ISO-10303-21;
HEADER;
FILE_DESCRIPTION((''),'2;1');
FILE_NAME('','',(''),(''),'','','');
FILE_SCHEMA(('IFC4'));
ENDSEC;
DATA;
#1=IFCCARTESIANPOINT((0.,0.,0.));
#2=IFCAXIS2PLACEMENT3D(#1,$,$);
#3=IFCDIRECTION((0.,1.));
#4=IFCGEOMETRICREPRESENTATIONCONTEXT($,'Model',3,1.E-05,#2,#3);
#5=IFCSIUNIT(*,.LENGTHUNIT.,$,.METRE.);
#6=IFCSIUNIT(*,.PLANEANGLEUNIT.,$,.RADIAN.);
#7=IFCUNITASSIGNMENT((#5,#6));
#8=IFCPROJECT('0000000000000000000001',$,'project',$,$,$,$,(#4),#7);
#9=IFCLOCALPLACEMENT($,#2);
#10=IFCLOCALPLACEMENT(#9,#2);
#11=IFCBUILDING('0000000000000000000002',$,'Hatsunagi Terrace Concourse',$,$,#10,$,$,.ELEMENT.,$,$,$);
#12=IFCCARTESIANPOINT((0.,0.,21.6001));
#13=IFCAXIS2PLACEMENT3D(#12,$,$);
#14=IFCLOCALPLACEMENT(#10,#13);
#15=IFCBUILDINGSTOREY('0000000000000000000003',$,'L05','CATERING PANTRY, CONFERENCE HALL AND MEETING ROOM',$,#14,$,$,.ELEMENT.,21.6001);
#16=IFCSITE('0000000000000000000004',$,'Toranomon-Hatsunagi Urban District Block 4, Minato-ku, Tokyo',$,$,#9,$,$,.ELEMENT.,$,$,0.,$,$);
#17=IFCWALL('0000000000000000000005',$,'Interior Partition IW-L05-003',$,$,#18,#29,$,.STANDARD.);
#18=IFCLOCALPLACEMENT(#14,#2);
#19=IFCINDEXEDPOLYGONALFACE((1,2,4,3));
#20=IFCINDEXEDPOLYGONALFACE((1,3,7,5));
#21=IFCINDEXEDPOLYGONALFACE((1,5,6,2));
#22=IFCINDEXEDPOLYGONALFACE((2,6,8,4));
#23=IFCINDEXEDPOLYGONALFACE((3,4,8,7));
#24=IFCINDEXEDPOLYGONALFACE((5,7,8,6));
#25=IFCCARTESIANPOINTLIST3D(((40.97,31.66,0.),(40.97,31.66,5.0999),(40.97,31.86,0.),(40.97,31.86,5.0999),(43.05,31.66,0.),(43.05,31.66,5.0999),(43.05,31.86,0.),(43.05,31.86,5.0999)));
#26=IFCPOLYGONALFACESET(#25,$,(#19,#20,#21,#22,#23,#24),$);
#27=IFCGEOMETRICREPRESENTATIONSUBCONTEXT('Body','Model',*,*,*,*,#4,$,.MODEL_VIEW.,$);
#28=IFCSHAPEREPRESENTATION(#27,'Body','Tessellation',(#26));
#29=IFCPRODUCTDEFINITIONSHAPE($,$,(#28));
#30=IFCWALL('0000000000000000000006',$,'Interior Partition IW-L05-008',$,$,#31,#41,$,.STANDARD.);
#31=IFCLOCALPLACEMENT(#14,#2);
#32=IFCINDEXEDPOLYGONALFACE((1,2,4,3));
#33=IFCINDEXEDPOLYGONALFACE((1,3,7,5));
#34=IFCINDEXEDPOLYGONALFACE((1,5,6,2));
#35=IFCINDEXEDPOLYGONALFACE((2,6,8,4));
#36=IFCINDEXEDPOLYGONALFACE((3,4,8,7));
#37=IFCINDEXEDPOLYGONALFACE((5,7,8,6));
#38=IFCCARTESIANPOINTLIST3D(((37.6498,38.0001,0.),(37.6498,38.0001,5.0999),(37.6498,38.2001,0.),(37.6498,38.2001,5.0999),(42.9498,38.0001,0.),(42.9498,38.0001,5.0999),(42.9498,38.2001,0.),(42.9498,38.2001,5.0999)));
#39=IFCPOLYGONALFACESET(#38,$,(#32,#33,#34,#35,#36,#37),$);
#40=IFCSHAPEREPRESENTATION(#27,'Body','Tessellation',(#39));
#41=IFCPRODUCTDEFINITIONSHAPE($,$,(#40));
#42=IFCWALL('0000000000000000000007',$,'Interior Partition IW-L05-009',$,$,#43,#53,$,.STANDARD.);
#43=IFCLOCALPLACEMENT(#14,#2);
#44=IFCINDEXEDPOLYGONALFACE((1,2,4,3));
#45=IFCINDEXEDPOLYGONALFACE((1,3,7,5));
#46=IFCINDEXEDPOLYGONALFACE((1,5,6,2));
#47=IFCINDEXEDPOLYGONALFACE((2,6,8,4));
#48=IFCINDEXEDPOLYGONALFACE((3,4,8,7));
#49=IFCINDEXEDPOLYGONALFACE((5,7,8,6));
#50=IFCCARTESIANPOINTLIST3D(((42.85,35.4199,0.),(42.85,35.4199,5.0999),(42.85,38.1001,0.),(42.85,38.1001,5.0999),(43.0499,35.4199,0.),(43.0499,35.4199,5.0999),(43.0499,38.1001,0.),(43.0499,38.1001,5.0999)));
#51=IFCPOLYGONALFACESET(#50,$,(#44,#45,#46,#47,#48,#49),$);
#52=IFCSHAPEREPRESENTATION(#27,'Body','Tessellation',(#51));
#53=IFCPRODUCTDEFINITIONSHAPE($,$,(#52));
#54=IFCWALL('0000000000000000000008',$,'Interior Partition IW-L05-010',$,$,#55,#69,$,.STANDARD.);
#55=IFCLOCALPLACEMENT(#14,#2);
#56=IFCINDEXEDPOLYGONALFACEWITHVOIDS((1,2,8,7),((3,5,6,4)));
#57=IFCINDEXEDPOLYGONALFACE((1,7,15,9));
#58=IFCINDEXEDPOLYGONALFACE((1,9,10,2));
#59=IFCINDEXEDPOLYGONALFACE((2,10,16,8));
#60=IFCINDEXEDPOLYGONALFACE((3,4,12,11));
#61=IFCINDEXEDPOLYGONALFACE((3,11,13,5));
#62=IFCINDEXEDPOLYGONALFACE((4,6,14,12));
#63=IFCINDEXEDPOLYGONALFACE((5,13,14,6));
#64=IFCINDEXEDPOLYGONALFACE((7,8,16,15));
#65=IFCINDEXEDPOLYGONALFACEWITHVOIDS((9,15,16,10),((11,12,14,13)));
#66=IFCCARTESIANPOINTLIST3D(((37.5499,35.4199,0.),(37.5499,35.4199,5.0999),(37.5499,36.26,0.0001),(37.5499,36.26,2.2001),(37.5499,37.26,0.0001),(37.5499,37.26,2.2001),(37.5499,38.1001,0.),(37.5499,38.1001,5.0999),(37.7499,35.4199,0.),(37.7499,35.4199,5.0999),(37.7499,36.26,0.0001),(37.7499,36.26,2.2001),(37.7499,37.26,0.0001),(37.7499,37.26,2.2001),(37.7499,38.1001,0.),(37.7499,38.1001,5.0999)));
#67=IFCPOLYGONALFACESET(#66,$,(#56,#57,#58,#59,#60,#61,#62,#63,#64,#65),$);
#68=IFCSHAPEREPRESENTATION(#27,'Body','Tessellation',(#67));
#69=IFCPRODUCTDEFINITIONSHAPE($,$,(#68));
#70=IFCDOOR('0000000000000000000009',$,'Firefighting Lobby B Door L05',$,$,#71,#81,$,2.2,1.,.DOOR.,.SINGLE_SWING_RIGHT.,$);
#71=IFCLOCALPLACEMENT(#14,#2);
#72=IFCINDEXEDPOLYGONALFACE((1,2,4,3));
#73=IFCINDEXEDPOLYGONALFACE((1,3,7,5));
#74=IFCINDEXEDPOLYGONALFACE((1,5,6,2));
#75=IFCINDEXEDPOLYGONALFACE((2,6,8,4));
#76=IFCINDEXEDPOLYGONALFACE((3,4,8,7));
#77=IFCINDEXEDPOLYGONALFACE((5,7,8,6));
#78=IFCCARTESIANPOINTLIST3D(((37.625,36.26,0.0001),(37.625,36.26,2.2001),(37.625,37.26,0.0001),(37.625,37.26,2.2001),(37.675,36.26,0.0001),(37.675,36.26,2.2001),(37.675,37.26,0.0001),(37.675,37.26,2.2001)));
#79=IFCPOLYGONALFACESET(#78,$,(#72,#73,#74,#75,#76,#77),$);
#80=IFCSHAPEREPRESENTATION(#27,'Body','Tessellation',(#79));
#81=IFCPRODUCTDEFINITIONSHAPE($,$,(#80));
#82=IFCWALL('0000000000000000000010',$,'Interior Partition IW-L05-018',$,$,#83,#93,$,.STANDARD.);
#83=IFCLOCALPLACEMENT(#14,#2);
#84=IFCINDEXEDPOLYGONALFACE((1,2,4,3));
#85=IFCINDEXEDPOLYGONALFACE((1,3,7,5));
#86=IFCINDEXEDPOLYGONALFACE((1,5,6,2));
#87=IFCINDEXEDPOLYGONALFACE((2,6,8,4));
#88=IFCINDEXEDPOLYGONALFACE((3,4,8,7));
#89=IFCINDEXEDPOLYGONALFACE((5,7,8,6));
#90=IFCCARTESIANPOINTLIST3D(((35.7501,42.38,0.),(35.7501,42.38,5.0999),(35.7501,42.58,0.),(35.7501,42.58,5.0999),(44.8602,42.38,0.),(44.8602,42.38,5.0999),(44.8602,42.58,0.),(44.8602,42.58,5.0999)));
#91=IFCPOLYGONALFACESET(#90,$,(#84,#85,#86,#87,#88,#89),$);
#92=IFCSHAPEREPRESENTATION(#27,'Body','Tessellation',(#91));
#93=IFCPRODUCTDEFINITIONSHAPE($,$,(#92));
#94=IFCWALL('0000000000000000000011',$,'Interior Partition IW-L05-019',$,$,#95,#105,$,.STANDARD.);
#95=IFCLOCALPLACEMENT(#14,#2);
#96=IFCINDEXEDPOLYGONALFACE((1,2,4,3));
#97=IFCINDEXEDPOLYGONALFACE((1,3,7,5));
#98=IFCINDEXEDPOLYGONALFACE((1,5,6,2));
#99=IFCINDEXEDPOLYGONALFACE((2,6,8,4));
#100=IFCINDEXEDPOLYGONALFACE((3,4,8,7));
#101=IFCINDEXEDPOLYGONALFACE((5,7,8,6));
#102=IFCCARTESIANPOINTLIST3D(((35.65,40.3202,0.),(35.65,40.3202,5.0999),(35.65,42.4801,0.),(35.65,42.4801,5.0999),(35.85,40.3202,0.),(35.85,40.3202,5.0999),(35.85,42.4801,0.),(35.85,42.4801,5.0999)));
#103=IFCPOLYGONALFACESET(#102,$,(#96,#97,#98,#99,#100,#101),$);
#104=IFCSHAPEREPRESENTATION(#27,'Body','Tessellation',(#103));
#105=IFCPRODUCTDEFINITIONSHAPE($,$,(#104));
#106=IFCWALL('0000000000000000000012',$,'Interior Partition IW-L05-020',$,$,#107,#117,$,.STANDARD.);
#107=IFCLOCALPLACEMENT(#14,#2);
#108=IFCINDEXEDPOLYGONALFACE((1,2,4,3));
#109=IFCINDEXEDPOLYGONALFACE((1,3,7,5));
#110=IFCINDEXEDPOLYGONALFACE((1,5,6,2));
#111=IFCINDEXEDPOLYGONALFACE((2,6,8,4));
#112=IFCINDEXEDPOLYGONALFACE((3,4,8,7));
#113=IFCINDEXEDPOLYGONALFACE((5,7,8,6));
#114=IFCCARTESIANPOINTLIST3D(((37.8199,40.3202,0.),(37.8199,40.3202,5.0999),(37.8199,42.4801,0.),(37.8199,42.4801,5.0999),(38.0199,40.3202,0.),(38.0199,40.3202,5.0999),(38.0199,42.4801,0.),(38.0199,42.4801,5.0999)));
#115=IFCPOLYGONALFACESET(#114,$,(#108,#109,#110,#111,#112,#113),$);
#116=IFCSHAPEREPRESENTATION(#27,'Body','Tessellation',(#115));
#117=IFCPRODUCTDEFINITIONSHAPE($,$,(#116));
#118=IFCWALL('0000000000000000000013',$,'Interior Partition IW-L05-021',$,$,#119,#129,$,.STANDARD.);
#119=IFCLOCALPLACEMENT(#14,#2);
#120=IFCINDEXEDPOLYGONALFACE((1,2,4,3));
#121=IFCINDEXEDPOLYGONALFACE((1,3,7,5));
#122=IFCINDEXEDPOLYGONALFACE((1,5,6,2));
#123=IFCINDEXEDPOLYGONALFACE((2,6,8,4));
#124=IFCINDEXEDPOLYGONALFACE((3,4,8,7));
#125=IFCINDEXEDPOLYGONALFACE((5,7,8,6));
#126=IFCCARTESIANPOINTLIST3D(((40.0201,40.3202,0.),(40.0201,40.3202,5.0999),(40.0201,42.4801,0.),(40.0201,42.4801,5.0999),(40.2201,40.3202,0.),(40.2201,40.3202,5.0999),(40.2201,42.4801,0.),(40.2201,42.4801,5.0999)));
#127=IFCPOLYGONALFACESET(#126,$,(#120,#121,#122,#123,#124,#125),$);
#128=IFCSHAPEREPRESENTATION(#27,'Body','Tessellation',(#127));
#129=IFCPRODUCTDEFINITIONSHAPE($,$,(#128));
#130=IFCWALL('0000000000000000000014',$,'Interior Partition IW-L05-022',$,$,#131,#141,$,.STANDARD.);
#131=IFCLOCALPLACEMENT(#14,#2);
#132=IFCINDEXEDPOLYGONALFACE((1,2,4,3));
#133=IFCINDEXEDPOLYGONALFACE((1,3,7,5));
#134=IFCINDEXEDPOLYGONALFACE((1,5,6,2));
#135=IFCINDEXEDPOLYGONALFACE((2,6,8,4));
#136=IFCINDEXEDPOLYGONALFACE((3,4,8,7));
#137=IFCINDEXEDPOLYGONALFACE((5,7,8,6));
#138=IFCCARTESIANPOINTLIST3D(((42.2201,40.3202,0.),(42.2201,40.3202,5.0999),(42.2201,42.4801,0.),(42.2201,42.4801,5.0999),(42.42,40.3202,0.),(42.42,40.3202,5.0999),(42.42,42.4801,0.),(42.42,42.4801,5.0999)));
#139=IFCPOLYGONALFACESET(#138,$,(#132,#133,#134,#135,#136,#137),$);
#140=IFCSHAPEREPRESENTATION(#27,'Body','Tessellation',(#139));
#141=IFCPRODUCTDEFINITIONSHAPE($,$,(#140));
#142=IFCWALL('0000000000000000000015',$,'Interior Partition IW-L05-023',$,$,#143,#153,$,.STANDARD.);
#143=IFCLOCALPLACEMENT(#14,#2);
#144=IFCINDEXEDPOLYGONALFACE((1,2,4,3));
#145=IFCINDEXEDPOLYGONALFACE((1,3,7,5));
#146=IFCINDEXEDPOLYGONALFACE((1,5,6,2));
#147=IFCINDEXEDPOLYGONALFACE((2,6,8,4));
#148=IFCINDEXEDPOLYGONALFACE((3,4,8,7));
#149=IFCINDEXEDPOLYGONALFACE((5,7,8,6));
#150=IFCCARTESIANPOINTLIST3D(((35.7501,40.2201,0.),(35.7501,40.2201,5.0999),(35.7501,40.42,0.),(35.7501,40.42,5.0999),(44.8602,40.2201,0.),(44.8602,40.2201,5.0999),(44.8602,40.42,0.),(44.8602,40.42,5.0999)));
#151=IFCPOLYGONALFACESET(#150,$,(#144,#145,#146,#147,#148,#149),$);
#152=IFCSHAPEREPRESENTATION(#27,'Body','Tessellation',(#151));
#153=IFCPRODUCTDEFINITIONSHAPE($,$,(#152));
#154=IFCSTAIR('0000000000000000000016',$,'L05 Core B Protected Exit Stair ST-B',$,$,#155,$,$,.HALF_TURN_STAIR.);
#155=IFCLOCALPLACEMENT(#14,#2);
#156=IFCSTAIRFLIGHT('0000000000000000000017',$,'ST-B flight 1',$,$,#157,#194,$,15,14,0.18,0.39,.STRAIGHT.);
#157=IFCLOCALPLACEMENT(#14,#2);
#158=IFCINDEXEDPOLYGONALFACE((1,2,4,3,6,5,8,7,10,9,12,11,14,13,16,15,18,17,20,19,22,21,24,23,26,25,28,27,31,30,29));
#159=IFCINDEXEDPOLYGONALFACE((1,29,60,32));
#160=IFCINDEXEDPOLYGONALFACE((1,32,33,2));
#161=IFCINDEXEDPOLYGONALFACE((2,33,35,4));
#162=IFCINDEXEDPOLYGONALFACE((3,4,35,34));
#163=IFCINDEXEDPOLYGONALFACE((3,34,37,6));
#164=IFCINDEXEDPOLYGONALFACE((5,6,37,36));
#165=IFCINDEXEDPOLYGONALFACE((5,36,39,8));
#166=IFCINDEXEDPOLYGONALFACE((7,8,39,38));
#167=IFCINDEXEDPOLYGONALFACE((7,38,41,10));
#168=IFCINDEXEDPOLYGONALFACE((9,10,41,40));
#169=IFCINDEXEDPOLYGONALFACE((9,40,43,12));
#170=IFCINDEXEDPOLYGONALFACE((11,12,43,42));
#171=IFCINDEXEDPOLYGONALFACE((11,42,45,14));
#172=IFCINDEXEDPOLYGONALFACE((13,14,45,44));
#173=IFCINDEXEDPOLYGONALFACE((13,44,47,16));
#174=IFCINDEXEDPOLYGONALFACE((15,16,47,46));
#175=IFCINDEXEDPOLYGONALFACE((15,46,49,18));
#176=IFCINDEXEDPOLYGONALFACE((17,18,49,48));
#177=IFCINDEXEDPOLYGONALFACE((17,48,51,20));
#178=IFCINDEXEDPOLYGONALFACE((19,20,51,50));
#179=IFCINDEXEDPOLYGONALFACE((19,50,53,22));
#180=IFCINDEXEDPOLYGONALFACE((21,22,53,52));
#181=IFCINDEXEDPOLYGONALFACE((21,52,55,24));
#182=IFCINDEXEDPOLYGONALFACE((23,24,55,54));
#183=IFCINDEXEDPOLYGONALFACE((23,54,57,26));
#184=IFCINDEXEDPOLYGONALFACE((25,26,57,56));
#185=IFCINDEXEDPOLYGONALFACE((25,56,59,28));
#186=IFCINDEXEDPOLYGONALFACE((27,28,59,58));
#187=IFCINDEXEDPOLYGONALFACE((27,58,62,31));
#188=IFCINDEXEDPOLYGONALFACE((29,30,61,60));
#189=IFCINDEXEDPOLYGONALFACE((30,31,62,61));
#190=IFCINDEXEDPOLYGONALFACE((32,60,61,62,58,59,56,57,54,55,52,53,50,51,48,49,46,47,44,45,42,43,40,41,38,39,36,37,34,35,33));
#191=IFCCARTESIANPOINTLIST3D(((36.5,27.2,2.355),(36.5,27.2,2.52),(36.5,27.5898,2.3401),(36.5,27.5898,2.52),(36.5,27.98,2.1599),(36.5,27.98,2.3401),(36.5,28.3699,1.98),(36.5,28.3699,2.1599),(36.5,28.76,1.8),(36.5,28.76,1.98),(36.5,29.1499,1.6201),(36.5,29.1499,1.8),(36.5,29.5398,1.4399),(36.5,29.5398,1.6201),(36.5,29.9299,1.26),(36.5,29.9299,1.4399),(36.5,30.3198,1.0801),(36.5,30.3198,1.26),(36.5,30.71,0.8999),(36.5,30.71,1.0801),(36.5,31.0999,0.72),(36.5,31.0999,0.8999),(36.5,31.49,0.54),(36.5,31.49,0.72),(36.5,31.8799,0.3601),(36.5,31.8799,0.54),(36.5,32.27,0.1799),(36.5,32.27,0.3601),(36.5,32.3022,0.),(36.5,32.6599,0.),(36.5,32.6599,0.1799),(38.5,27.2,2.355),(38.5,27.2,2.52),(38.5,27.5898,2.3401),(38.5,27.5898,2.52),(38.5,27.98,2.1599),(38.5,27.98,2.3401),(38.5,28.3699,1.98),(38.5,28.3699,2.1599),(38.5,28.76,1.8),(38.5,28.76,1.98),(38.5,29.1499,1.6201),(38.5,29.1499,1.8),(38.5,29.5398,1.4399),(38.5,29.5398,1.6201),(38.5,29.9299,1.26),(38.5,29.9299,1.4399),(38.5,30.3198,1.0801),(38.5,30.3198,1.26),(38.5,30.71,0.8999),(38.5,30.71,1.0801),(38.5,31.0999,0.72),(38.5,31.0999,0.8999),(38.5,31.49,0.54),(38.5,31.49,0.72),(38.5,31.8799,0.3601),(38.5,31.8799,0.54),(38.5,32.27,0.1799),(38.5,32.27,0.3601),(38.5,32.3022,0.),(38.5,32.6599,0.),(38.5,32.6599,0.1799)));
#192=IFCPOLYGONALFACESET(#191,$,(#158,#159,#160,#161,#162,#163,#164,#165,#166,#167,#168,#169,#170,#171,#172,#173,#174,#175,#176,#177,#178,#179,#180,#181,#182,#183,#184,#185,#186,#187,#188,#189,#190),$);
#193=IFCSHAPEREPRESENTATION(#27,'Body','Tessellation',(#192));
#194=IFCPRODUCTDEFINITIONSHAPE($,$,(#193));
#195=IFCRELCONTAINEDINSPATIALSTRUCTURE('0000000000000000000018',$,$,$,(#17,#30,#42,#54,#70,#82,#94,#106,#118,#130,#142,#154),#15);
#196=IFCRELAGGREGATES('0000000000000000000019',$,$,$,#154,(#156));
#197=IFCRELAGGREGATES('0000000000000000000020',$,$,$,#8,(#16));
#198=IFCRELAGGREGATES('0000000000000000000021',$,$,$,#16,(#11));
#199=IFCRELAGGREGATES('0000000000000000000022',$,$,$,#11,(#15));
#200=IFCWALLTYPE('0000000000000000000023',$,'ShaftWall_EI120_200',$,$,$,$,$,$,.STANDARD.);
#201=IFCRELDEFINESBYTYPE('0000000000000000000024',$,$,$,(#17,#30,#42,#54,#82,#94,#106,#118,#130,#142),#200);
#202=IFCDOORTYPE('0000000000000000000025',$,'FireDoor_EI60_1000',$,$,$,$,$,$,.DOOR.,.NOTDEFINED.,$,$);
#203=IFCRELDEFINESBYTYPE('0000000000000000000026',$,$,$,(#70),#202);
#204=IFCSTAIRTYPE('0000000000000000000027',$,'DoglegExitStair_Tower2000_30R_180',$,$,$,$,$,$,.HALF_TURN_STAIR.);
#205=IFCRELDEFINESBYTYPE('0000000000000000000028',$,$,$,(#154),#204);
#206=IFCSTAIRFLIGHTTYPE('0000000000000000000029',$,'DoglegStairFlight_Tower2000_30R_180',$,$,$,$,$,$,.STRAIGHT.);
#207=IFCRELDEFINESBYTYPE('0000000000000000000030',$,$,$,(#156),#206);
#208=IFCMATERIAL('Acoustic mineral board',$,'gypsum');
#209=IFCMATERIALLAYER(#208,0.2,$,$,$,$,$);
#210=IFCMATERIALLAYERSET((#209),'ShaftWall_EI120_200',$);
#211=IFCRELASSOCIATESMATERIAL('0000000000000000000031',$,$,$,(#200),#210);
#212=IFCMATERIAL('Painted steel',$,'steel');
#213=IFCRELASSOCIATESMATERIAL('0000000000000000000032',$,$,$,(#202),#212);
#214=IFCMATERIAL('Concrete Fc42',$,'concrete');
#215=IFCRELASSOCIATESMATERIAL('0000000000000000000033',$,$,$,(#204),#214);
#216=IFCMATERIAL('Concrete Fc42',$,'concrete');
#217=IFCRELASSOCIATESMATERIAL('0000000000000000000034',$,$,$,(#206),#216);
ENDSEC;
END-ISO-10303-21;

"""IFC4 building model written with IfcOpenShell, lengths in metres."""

from ifc_helpers import new_model, si_unit, direction, frame, frame_2d, origin, place, context, subcontext, project, spatial, polyline, rectangle, outline, extrude, material, layer, layer_set, type_object, element, fill, aggregate, save


model = new_model("IFC4")

# Units and contexts
model_context = context("Model", 3, precision=1e-05, world=origin(), true_north=direction((0.0, 1.0)))
body_context = subcontext(model_context, "Body", "Model", "MODEL_VIEW")
ifc_project = project(units=[si_unit("LENGTHUNIT", "METRE"), si_unit("PLANEANGLEUNIT", "RADIAN")], contexts=[model_context])

# Site, building, storey
site_placement = place(None, origin())
site = spatial("IfcSite", under=ifc_project, at=site_placement, Name="Toranomon-Hatsunagi Urban District Block 4, Minato-ku, Tokyo", CompositionType="ELEMENT", RefElevation=0.0)
building_placement = place(site_placement, origin())
building = spatial("IfcBuilding", under=site, at=building_placement, Name="Hatsunagi Terrace Concourse", CompositionType="ELEMENT")
storey_placement = place(building_placement, frame((0.0, 0.0, 21.6001)))
storey = spatial("IfcBuildingStorey", under=building, at=storey_placement, Name="L05", Description="CATERING PANTRY, CONFERENCE HALL AND MEETING ROOM", CompositionType="ELEMENT", Elevation=21.6001)

# Walls
ifc_material_1 = material(Name="Acoustic mineral board", Category="gypsum")
ifc_layer_1 = layer(ifc_material_1, 0.2)
ifc_layer_set_1 = layer_set([ifc_layer_1], Name="ShaftWall_EI120_200")
wall_type_1 = type_object("IfcWallType", Name="ShaftWall_EI120_200", PredefinedType="STANDARD", material=ifc_layer_set_1)
wall_1_placement = place(storey_placement, frame((40.97, 31.76, 0.0), z_axis=(0.0, 0.0, 1.0), x_axis=(1.0, 0.0, 0.0)))
element("IfcWall", 1, at=wall_1_placement, inside=storey, type_object=wall_type_1, Name="Interior Partition IW-L05-003", PredefinedType="STANDARD", context=body_context, shape_type="SweptSolid", body=[
    extrude(rectangle(XDim=2.0801, YDim=0.2, at=frame_2d((1.04, 0.0))), origin(), (0.0, 0.0, 1.0), 5.0999),
])
wall_2_placement = place(storey_placement, frame((37.6499, 38.1001, 0.0), z_axis=(0.0, 0.0, 1.0), x_axis=(1.0, 0.0, 0.0)))
element("IfcWall", 2, at=wall_2_placement, inside=storey, type_object=wall_type_1, Name="Interior Partition IW-L05-008", PredefinedType="STANDARD", context=body_context, shape_type="SweptSolid", body=[
    extrude(rectangle(XDim=5.3, YDim=0.2, at=frame_2d((2.6499, 0.0))), origin(), (0.0, 0.0, 1.0), 5.0999),
])
wall_3_placement = place(storey_placement, frame((42.95, 35.4199, 0.0), z_axis=(0.0, 0.0, 1.0), x_axis=(0.0, 1.0, 0.0)))
element("IfcWall", 3, at=wall_3_placement, inside=storey, type_object=wall_type_1, Name="Interior Partition IW-L05-009", PredefinedType="STANDARD", context=body_context, shape_type="SweptSolid", body=[
    extrude(rectangle(XDim=2.6802, YDim=0.2, at=frame_2d((1.3401, 0.0))), origin(), (0.0, 0.0, 1.0), 5.0999),
])

# Wall, opening, door
wall_4_placement = place(storey_placement, frame((37.6499, 35.4199, 0.0), z_axis=(0.0, 0.0, 1.0), x_axis=(0.0, 1.0, 0.0)))
wall_4 = element("IfcWall", 4, at=wall_4_placement, inside=storey, type_object=wall_type_1, Name="Interior Partition IW-L05-010", PredefinedType="STANDARD", context=body_context, shape_type="SweptSolid", body=[
    extrude(rectangle(XDim=2.6802, YDim=0.2, at=frame_2d((1.3401, 0.0))), origin(), (0.0, 0.0, 1.0), 5.0999),
])
opening_1_placement = place(wall_4_placement, frame((0.8401, 0.0, 0.0)))
opening_1 = element("IfcOpeningElement", 5, at=opening_1_placement, cuts=wall_4, PredefinedType="OPENING", context=body_context, shape_type="SweptSolid", body=[
    extrude(rectangle(XDim=1.0, YDim=2.2, at=frame_2d((0.5, 1.1001))), frame((0.0, 0.1099, 0.0), z_axis=(0.0, -1.0, 0.0), x_axis=(1.0, 0.0, 0.0)), (0.0, 0.0, 1.0), 0.22),
])
ifc_material_2 = material(Name="Painted steel", Category="steel")
door_type_1 = type_object("IfcDoorType", Name="FireDoor_EI60_1000", OperationType="NOTDEFINED", PredefinedType="DOOR", material=ifc_material_2)
door_1_placement = place(opening_1_placement, origin())
door_1 = element("IfcDoor", 6, at=door_1_placement, inside=storey, type_object=door_type_1, Name="Firefighting Lobby B Door L05", OperationType="SINGLE_SWING_RIGHT", OverallHeight=2.2, OverallWidth=1.0, PredefinedType="DOOR", context=body_context, shape_type="SweptSolid", body=[
    extrude(rectangle(XDim=1.0, YDim=2.2, at=frame_2d((0.5, 1.1001))), frame((0.0, 0.0249, 0.0), z_axis=(0.0, -1.0, 0.0), x_axis=(1.0, 0.0, 0.0)), (0.0, 0.0, 1.0), 0.05),
])
fill(opening_1, door_1)

# Walls
wall_5_placement = place(storey_placement, frame((35.75, 42.48, 0.0), z_axis=(0.0, 0.0, 1.0), x_axis=(1.0, 0.0, 0.0)))
element("IfcWall", 7, at=wall_5_placement, inside=storey, type_object=wall_type_1, Name="Interior Partition IW-L05-018", PredefinedType="STANDARD", context=body_context, shape_type="SweptSolid", body=[
    extrude(rectangle(XDim=9.1101, YDim=0.2, at=frame_2d((4.5552, 0.0))), origin(), (0.0, 0.0, 1.0), 5.0999),
])
for number, where, z_axis, x_axis, name in (
    (8, (35.75, 40.3201, 0.0), (0.0, 0.0, 1.0), (0.0, 1.0, 0.0), "Interior Partition IW-L05-019"),
    (9, (37.9199, 40.3201, 0.0), (0.0, 0.0, 1.0), (0.0, 1.0, 0.0), "Interior Partition IW-L05-020"),
    (10, (40.1201, 40.3201, 0.0), (0.0, 0.0, 1.0), (0.0, 1.0, 0.0), "Interior Partition IW-L05-021"),
    (11, (42.3201, 40.3201, 0.0), (0.0, 0.0, 1.0), (0.0, 1.0, 0.0), "Interior Partition IW-L05-022"),
):
    element("IfcWall", number, at=place(storey_placement, frame(where, z_axis=z_axis, x_axis=x_axis)), inside=storey, type_object=wall_type_1, Name=name, PredefinedType="STANDARD", context=body_context, shape_type="SweptSolid", body=[
        extrude(rectangle(XDim=2.1599, YDim=0.2, at=frame_2d((1.0801, 0.0))), origin(), (0.0, 0.0, 1.0), 5.0999),
    ])
wall_6_placement = place(storey_placement, frame((35.75, 40.3201, 0.0), z_axis=(0.0, 0.0, 1.0), x_axis=(1.0, 0.0, 0.0)))
element("IfcWall", 12, at=wall_6_placement, inside=storey, type_object=wall_type_1, Name="Interior Partition IW-L05-023", PredefinedType="STANDARD", context=body_context, shape_type="SweptSolid", body=[
    extrude(rectangle(XDim=9.1101, YDim=0.2, at=frame_2d((4.5552, 0.0))), origin(), (0.0, 0.0, 1.0), 5.0999),
])

# Stair, stair flight
ifc_material_3 = material(Name="Concrete Fc42", Category="concrete")
stair_type = type_object("IfcStairType", Name="DoglegExitStair_Tower2000_30R_180", PredefinedType="HALF_TURN_STAIR", material=ifc_material_3)
stair_placement = place(storey_placement, origin())
stair = element("IfcStair", 13, at=stair_placement, inside=storey, type_object=stair_type, Name="L05 Core B Protected Exit Stair ST-B", PredefinedType="HALF_TURN_STAIR")
ifc_material_4 = material(Name="Concrete Fc42", Category="concrete")
stair_flight_type = type_object("IfcStairFlightType", Name="DoglegStairFlight_Tower2000_30R_180", PredefinedType="STRAIGHT", material=ifc_material_4)
stair_flight_1_placement = place(storey_placement, frame((37.5, 32.6599, 0.0), z_axis=(0.0, 0.0, 1.0), x_axis=(0.0, -1.0, 0.0)))
stair_flight_1 = element("IfcStairFlight", 14, at=stair_flight_1_placement, type_object=stair_flight_type, Name="ST-B flight 1", NumberOfRisers=15, NumberOfTreads=14, PredefinedType="STRAIGHT", RiserHeight=0.18, TreadLength=0.39, context=body_context, shape_type="SweptSolid", body=[
    extrude(outline(polyline([(0.0, 0.0), (0.0, 0.1799), (0.3899, 0.1799), (0.3899, 0.3601), (0.78, 0.3601), (0.78, 0.54), (1.1699, 0.54), (1.1699, 0.72), (1.5601, 0.72), (1.5601, 0.8999), (1.95, 0.8999), (1.95, 1.0801), (2.3401, 1.0801), (2.3401, 1.26), (2.73, 1.26), (2.73, 1.4399), (3.1201, 1.4399), (3.1201, 1.6201), (3.51, 1.6201), (3.51, 1.8), (3.8999, 1.8), (3.8999, 1.98), (4.29, 1.98), (4.29, 2.1599), (4.6799, 2.1599), (4.6799, 2.3401), (5.0701, 2.3401), (5.0701, 2.52), (5.46, 2.52), (5.46, 2.7), (5.46, 2.355), (0.3577, 0.0), (0.0, 0.0)])), frame((0.0, 1.0, 0.0), z_axis=(0.0, -1.0, 0.0), x_axis=(1.0, 0.0, 0.0)), (0.0, 0.0, 1.0), 2.0),
])
aggregate(stair, [stair_flight_1])

save(model, "model.ifc")
